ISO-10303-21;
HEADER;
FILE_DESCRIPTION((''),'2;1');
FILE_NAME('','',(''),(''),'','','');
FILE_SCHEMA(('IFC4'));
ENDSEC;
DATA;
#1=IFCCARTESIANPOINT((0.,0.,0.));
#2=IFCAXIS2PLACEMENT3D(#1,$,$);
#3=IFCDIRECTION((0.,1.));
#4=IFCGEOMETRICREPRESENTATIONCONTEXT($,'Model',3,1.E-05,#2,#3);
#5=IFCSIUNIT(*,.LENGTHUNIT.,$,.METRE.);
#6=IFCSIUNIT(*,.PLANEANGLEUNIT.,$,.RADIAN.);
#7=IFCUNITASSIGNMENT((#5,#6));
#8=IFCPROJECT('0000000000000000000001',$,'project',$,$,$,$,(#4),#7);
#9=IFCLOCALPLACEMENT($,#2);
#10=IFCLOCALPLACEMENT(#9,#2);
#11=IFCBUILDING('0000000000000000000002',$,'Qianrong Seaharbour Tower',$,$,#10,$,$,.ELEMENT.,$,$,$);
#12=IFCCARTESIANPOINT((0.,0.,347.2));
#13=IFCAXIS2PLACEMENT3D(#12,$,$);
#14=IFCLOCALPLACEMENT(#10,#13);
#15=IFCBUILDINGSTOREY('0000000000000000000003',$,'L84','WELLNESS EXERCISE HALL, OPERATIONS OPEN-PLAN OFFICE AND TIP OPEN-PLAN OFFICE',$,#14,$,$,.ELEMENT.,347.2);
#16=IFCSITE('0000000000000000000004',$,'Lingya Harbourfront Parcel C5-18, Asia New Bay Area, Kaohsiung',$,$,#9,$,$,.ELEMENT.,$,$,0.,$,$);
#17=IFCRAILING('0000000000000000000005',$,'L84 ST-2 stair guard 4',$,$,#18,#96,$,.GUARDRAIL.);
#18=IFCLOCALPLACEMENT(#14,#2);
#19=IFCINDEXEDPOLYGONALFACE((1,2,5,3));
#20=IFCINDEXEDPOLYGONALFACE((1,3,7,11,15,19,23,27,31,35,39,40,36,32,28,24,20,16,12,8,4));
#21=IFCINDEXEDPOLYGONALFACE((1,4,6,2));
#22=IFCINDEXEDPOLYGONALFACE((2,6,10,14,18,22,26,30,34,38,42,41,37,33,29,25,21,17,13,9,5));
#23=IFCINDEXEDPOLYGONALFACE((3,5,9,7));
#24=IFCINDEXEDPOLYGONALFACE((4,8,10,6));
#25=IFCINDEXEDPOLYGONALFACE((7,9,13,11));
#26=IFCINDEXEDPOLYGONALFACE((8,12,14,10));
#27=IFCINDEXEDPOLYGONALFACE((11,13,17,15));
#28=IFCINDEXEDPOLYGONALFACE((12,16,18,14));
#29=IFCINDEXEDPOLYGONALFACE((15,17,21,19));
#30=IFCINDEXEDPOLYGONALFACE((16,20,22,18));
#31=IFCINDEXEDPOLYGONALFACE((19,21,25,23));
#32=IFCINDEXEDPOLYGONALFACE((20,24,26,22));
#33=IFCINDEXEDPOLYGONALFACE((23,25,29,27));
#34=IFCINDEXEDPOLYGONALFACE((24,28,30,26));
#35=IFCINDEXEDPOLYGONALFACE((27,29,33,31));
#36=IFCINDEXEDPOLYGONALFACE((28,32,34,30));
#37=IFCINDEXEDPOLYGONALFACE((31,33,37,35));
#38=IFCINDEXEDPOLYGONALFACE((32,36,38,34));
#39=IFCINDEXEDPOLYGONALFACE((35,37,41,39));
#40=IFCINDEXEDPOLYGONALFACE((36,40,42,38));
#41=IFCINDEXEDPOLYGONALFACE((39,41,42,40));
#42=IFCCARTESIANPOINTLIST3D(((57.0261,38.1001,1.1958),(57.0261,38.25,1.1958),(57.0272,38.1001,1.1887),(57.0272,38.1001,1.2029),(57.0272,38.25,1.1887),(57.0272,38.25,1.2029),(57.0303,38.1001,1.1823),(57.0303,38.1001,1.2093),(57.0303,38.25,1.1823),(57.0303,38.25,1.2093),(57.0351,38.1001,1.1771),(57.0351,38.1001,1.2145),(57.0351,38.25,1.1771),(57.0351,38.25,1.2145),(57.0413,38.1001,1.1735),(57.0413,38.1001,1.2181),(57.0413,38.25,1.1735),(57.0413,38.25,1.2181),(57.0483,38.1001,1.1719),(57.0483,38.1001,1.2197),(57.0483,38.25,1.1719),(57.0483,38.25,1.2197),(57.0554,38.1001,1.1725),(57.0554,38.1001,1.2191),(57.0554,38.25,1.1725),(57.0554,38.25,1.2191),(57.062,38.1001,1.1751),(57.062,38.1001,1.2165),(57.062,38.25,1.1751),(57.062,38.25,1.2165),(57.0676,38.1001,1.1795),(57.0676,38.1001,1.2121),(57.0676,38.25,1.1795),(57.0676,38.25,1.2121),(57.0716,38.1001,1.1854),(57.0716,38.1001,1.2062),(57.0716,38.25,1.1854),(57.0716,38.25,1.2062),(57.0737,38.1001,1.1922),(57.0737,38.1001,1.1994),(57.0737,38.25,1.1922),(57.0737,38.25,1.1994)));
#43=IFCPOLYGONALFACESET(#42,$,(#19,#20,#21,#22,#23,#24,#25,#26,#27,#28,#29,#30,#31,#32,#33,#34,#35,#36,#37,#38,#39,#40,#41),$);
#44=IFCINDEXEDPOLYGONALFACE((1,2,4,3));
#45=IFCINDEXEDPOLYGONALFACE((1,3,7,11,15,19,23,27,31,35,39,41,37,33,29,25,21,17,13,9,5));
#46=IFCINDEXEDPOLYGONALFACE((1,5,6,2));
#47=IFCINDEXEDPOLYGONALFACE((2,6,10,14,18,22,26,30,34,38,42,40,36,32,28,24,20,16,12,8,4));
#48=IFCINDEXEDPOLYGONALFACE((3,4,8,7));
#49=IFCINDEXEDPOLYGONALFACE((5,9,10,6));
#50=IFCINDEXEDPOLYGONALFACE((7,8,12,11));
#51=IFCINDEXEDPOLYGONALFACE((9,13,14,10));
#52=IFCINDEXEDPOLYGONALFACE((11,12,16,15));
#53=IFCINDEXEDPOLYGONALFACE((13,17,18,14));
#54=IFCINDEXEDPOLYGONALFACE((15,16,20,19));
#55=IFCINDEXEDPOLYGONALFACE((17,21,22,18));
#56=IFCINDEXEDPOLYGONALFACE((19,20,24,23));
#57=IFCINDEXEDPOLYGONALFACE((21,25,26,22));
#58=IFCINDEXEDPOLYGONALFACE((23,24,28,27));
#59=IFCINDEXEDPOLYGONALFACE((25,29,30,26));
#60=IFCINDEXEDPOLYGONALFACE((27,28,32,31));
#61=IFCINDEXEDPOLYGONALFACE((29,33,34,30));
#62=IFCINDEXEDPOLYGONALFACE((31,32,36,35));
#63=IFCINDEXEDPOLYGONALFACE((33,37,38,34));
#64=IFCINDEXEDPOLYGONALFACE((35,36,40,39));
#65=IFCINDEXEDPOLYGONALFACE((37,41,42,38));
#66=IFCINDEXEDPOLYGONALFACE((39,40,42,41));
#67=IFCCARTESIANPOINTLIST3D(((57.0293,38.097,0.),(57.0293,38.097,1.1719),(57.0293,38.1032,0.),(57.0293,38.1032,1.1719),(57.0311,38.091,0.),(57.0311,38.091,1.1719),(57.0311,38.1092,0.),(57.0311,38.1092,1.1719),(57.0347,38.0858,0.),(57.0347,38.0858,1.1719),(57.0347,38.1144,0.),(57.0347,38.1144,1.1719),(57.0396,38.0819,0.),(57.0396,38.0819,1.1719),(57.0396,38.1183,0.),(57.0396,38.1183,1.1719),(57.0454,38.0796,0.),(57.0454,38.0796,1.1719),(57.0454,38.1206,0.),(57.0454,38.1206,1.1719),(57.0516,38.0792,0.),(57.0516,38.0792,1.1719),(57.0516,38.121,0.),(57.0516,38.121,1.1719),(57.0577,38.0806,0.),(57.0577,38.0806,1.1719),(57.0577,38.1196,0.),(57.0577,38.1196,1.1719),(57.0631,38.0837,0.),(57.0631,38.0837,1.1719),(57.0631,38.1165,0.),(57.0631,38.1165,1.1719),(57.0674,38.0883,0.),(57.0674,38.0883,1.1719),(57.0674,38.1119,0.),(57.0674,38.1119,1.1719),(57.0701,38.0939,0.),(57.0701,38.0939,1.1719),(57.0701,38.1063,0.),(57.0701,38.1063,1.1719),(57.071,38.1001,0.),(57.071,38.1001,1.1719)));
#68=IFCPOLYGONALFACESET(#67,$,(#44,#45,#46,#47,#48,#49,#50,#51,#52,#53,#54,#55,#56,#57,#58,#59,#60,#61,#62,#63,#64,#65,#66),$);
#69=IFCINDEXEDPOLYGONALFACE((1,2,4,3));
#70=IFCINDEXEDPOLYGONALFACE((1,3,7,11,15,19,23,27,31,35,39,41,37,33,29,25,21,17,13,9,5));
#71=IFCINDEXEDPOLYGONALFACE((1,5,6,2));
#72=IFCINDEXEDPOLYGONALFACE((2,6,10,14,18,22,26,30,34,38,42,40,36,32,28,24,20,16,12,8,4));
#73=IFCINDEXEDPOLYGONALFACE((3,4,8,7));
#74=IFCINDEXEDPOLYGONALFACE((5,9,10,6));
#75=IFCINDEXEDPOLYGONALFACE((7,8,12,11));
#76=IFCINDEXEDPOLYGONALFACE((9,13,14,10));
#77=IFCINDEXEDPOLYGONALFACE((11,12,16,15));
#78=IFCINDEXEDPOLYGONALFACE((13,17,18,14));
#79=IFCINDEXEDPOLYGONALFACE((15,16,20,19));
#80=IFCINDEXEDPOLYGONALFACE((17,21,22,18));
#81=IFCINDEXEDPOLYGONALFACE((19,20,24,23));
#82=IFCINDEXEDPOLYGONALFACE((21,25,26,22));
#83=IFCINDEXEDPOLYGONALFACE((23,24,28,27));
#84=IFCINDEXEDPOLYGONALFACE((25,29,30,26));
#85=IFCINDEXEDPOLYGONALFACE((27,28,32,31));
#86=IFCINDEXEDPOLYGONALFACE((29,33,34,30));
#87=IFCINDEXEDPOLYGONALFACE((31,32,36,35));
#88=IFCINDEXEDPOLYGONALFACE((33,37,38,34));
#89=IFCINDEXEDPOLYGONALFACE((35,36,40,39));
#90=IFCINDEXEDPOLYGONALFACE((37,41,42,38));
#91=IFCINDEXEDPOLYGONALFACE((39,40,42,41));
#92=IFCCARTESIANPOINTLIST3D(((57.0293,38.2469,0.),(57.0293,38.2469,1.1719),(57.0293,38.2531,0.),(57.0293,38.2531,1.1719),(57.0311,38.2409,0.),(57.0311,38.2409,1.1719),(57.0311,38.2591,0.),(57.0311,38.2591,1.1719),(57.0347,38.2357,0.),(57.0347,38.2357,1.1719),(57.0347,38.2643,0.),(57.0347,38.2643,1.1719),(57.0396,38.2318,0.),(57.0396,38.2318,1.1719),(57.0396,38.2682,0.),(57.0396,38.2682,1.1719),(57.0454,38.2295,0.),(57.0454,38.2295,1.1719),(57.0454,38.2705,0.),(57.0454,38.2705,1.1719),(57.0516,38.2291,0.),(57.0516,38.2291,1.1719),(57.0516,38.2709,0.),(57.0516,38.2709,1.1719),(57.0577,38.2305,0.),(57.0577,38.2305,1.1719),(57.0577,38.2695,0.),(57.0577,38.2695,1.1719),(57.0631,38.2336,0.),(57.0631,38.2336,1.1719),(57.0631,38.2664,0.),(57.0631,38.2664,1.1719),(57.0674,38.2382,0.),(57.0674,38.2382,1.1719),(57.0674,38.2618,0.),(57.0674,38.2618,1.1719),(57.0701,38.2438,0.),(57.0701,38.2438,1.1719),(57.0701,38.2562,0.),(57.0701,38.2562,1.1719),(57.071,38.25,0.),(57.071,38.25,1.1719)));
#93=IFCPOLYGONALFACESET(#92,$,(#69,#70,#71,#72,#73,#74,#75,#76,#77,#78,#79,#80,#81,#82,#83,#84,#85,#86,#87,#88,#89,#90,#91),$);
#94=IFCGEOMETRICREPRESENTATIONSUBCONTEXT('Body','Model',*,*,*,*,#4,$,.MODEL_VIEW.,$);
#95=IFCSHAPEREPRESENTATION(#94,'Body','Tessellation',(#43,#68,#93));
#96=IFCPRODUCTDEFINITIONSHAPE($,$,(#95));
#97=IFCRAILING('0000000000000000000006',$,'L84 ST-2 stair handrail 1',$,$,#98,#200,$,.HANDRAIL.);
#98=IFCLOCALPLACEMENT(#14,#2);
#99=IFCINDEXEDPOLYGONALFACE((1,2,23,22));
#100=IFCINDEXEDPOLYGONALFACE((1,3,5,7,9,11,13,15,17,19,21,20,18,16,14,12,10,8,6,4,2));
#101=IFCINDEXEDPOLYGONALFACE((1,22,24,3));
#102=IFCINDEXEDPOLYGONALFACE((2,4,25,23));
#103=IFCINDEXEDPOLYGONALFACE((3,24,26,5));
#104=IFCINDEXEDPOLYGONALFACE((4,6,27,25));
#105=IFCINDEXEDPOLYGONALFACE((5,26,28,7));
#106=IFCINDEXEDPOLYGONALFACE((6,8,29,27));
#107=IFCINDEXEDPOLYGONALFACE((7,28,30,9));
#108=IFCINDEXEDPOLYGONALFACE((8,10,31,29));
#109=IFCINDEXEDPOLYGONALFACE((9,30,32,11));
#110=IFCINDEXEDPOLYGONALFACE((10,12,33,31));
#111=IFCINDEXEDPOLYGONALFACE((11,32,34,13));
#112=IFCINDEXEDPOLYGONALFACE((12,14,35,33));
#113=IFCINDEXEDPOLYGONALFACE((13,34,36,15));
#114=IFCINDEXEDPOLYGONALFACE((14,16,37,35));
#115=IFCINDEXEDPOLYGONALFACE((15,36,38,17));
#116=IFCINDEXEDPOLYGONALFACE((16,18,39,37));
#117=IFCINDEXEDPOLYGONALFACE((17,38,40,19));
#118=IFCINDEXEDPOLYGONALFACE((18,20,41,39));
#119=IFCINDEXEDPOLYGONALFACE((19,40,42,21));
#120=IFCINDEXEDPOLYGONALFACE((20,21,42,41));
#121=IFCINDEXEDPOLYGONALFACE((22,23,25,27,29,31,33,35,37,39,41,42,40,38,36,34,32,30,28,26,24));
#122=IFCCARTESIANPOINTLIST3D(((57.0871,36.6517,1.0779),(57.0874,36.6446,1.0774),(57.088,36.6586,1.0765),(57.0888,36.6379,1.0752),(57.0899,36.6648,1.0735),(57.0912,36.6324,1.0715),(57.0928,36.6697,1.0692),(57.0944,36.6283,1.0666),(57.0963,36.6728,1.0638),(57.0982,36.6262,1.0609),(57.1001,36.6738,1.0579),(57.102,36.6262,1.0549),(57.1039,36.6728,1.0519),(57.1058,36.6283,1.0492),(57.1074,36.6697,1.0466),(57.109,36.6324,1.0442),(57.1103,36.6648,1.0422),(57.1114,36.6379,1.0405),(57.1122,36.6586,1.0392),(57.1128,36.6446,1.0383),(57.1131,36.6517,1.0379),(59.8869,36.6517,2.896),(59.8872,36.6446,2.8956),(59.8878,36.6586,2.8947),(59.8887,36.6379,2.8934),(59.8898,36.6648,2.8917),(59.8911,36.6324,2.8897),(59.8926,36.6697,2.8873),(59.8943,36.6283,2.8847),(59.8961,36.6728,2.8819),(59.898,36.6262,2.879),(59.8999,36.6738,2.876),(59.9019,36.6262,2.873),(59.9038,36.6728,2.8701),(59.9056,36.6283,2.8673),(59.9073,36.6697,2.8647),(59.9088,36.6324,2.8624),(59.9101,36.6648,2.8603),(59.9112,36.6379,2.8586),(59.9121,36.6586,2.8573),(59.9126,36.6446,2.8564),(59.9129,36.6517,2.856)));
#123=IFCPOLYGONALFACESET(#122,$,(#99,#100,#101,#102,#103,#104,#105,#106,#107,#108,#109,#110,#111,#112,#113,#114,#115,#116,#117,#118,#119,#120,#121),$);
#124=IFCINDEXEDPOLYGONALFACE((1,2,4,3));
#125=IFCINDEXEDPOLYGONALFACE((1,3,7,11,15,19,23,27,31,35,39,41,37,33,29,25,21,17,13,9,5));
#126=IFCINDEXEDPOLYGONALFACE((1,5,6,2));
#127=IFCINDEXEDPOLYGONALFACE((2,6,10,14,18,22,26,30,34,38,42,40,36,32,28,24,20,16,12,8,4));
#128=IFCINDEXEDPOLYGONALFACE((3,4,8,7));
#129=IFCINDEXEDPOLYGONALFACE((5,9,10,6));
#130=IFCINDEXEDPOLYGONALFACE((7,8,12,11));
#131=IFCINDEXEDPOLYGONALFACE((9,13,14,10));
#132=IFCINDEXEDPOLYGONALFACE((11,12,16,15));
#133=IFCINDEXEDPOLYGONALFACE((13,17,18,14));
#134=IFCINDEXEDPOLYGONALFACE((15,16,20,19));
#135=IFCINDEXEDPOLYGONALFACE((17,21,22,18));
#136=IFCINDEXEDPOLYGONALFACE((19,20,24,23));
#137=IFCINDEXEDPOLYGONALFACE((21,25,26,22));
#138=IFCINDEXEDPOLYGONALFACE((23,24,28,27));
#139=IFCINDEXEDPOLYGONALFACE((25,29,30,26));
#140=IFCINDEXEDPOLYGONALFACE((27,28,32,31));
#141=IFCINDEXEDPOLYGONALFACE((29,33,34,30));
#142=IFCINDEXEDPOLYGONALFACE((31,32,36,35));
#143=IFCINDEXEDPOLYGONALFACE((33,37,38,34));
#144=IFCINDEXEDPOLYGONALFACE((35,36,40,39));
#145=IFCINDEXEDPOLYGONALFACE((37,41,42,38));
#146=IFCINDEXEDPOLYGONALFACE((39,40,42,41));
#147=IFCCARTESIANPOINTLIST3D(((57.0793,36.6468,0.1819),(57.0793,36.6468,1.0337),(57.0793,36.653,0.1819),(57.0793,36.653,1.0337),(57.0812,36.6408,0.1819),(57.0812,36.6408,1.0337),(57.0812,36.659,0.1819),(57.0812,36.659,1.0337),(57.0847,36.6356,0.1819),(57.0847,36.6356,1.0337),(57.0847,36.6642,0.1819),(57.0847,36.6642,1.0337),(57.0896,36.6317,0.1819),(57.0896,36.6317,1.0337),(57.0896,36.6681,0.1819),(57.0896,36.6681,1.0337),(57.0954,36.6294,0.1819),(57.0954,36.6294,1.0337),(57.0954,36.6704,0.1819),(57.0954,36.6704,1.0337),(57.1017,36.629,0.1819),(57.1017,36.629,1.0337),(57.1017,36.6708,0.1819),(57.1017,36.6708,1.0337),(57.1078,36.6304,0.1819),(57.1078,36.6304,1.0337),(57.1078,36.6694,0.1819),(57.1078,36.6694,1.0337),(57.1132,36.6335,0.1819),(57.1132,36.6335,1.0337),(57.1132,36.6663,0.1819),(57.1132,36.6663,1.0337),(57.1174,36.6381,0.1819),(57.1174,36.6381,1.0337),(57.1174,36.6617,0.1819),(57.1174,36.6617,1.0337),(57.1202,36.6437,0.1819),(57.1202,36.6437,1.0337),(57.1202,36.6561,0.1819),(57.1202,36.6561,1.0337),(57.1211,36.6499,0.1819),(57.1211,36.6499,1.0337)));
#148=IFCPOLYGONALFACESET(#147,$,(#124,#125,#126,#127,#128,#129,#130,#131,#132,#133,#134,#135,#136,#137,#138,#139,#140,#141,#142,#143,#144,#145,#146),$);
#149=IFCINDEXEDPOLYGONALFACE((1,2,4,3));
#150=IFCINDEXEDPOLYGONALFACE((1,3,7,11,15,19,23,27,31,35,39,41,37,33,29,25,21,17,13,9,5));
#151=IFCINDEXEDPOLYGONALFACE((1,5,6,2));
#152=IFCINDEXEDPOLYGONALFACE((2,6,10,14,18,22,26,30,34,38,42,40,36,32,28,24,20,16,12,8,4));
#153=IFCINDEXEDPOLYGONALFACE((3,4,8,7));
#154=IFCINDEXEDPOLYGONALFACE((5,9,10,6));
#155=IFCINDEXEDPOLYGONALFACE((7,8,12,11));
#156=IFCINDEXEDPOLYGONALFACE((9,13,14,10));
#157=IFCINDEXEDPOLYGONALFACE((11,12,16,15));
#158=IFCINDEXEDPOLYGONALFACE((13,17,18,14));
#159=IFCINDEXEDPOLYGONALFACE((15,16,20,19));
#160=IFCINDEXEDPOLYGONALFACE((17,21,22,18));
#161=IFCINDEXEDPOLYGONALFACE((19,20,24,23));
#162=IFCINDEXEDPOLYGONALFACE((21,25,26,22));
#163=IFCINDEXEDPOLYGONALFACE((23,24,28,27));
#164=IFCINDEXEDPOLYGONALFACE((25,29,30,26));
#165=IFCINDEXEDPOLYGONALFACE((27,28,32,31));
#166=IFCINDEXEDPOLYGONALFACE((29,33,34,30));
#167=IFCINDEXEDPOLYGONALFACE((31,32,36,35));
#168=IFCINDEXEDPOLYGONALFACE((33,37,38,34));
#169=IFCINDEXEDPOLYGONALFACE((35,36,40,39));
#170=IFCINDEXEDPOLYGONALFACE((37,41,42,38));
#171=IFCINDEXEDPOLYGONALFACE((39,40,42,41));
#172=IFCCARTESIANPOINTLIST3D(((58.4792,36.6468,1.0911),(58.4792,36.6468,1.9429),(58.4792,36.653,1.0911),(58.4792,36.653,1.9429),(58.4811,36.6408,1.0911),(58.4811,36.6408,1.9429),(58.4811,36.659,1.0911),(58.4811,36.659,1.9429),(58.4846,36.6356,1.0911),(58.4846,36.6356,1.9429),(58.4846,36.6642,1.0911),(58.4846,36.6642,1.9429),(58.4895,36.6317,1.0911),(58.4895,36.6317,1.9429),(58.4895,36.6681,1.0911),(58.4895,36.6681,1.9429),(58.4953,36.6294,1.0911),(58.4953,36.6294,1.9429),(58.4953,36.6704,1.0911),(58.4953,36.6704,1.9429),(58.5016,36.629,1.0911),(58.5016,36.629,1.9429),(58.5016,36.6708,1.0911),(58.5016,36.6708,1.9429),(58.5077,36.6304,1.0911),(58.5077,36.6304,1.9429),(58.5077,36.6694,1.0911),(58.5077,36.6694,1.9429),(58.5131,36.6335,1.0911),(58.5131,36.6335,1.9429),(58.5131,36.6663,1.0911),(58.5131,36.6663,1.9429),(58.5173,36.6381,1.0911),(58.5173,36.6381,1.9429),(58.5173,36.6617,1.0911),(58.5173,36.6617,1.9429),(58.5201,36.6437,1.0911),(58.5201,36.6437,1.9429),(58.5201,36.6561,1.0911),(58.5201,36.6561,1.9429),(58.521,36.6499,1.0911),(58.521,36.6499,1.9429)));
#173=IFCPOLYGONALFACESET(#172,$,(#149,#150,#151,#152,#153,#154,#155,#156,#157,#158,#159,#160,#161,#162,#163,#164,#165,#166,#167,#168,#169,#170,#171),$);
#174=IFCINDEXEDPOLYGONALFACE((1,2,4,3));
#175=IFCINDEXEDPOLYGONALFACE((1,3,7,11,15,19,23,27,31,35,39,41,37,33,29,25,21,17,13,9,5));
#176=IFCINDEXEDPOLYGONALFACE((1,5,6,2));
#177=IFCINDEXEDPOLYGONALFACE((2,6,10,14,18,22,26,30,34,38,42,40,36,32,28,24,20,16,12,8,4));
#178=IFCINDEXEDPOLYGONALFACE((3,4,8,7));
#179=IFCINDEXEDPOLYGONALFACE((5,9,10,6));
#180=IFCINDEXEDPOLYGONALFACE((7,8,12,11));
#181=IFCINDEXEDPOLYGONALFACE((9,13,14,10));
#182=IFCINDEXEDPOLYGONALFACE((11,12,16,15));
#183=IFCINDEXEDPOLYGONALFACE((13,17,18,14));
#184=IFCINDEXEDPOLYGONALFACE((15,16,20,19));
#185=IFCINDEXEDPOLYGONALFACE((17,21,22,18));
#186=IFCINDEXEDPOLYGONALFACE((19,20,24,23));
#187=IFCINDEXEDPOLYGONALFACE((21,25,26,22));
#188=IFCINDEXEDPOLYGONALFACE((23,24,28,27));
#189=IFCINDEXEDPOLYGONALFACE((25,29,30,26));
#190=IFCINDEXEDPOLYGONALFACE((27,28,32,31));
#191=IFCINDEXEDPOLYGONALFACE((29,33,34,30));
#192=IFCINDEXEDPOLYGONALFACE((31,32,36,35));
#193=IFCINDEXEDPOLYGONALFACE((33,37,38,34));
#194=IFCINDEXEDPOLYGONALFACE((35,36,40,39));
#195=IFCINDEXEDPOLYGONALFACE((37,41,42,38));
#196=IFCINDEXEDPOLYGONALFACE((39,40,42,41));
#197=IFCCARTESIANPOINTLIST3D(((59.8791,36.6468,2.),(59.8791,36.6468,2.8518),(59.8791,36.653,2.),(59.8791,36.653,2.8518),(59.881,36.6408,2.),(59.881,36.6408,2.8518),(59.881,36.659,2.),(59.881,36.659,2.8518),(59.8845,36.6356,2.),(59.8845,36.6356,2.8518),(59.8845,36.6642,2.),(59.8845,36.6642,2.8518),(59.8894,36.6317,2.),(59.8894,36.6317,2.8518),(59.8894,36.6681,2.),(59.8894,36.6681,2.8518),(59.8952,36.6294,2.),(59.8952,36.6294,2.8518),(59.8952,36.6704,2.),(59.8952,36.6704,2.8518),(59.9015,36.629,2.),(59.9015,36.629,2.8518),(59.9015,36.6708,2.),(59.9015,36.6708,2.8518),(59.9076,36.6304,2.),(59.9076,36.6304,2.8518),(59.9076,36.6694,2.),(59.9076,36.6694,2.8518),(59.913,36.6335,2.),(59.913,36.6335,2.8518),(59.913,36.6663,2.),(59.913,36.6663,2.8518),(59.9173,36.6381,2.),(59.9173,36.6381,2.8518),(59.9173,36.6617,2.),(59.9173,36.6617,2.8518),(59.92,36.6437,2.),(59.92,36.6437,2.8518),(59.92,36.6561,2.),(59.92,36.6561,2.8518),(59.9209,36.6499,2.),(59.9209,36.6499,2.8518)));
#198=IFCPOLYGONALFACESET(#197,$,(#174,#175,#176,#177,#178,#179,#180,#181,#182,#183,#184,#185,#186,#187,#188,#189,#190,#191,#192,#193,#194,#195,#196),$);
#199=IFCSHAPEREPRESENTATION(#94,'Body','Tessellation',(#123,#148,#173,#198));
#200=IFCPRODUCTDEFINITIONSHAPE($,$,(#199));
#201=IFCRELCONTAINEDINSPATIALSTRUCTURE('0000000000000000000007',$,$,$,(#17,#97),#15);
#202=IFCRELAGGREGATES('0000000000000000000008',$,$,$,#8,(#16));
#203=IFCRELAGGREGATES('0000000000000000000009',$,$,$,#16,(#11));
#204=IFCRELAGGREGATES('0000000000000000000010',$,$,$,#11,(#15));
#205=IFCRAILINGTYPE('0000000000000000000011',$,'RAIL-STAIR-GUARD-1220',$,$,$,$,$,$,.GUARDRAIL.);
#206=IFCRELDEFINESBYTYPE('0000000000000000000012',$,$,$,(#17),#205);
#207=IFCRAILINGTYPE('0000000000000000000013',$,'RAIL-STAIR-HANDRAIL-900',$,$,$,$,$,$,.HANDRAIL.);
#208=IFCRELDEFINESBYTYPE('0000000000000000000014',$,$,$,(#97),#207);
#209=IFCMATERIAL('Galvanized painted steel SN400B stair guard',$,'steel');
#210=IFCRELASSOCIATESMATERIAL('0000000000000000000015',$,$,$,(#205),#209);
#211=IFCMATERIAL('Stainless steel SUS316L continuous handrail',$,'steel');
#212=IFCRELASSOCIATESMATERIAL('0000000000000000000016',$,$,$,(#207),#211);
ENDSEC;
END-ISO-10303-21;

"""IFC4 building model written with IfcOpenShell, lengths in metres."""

from ifc_helpers import new_model, si_unit, direction, frame, origin, origin_2d, place, context, subcontext, project, spatial, circle, extrude, material, type_object, element, save


model = new_model("IFC4")

# Units and contexts
model_context = context("Model", 3, precision=1e-05, world=origin(), true_north=direction((0.0, 1.0)))
body_context = subcontext(model_context, "Body", "Model", "MODEL_VIEW")
ifc_project = project(units=[si_unit("LENGTHUNIT", "METRE"), si_unit("PLANEANGLEUNIT", "RADIAN")], contexts=[model_context])

# Site, building, storey
site_placement = place(None, origin())
site = spatial("IfcSite", under=ifc_project, at=site_placement, Name="Lingya Harbourfront Parcel C5-18, Asia New Bay Area, Kaohsiung", CompositionType="ELEMENT", RefElevation=0.0)
building_placement = place(site_placement, origin())
building = spatial("IfcBuilding", under=site, at=building_placement, Name="Qianrong Seaharbour Tower", CompositionType="ELEMENT")
storey_placement = place(building_placement, frame((0.0, 0.0, 347.2)))
storey = spatial("IfcBuildingStorey", under=building, at=storey_placement, Name="L84", Description="WELLNESS EXERCISE HALL, OPERATIONS OPEN-PLAN OFFICE AND TIP OPEN-PLAN OFFICE", CompositionType="ELEMENT", Elevation=347.2)

# Railings
ifc_material_1 = material(Name="Galvanized painted steel SN400B stair guard", Category="steel")
railing_type_1 = type_object("IfcRailingType", Name="RAIL-STAIR-GUARD-1220", PredefinedType="GUARDRAIL", material=ifc_material_1)
railing_1_placement = place(storey_placement, frame((57.05, 38.1001, 0.0)))
element("IfcRailing", 1, at=railing_1_placement, inside=storey, type_object=railing_type_1, Name="L84 ST-2 stair guard 4", PredefinedType="GUARDRAIL", context=body_context, shape_type="SweptSolid", body=[
    extrude(circle(Radius=0.0239, at=origin_2d()), frame((0.0, 0.0, 1.1958), z_axis=(0.0, 1.0, 0.0), x_axis=(-1.0, 0.0, 0.0)), (0.0, 0.0, 1.0), 0.1499),
    extrude(circle(Radius=0.021, at=origin_2d()), origin(), (0.0, 0.0, 1.0), 1.1719),
    extrude(circle(Radius=0.021, at=origin_2d()), frame((0.0, 0.1499, 0.0)), (0.0, 0.0, 1.0), 1.1719),
])
ifc_material_2 = material(Name="Stainless steel SUS316L continuous handrail", Category="steel")
railing_type_2 = type_object("IfcRailingType", Name="RAIL-STAIR-HANDRAIL-900", PredefinedType="HANDRAIL", material=ifc_material_2)
railing_2_placement = place(storey_placement, frame((57.1001, 36.6499, 0.1819)))
element("IfcRailing", 2, at=railing_2_placement, inside=storey, type_object=railing_type_2, Name="L84 ST-2 stair handrail 1", PredefinedType="HANDRAIL", context=body_context, shape_type="SweptSolid", body=[
    extrude(circle(Radius=0.0239, at=origin_2d()), frame((0.0, 0.0, 0.876), z_axis=(0.838684, 0.0, 0.544618), x_axis=(0.0, 1.0, 0.0)), (0.0, 0.0, 1.0), 3.3384),
    extrude(circle(Radius=0.021, at=origin_2d()), origin(), (0.0, 0.0, 1.0), 0.8518),
    extrude(circle(Radius=0.021, at=origin_2d()), frame((1.3999, 0.0, 0.9092)), (0.0, 0.0, 1.0), 0.8518),
    extrude(circle(Radius=0.021, at=origin_2d()), frame((2.7998, 0.0, 1.8181)), (0.0, 0.0, 1.0), 0.8518),
])

save(model, "model.ifc")
